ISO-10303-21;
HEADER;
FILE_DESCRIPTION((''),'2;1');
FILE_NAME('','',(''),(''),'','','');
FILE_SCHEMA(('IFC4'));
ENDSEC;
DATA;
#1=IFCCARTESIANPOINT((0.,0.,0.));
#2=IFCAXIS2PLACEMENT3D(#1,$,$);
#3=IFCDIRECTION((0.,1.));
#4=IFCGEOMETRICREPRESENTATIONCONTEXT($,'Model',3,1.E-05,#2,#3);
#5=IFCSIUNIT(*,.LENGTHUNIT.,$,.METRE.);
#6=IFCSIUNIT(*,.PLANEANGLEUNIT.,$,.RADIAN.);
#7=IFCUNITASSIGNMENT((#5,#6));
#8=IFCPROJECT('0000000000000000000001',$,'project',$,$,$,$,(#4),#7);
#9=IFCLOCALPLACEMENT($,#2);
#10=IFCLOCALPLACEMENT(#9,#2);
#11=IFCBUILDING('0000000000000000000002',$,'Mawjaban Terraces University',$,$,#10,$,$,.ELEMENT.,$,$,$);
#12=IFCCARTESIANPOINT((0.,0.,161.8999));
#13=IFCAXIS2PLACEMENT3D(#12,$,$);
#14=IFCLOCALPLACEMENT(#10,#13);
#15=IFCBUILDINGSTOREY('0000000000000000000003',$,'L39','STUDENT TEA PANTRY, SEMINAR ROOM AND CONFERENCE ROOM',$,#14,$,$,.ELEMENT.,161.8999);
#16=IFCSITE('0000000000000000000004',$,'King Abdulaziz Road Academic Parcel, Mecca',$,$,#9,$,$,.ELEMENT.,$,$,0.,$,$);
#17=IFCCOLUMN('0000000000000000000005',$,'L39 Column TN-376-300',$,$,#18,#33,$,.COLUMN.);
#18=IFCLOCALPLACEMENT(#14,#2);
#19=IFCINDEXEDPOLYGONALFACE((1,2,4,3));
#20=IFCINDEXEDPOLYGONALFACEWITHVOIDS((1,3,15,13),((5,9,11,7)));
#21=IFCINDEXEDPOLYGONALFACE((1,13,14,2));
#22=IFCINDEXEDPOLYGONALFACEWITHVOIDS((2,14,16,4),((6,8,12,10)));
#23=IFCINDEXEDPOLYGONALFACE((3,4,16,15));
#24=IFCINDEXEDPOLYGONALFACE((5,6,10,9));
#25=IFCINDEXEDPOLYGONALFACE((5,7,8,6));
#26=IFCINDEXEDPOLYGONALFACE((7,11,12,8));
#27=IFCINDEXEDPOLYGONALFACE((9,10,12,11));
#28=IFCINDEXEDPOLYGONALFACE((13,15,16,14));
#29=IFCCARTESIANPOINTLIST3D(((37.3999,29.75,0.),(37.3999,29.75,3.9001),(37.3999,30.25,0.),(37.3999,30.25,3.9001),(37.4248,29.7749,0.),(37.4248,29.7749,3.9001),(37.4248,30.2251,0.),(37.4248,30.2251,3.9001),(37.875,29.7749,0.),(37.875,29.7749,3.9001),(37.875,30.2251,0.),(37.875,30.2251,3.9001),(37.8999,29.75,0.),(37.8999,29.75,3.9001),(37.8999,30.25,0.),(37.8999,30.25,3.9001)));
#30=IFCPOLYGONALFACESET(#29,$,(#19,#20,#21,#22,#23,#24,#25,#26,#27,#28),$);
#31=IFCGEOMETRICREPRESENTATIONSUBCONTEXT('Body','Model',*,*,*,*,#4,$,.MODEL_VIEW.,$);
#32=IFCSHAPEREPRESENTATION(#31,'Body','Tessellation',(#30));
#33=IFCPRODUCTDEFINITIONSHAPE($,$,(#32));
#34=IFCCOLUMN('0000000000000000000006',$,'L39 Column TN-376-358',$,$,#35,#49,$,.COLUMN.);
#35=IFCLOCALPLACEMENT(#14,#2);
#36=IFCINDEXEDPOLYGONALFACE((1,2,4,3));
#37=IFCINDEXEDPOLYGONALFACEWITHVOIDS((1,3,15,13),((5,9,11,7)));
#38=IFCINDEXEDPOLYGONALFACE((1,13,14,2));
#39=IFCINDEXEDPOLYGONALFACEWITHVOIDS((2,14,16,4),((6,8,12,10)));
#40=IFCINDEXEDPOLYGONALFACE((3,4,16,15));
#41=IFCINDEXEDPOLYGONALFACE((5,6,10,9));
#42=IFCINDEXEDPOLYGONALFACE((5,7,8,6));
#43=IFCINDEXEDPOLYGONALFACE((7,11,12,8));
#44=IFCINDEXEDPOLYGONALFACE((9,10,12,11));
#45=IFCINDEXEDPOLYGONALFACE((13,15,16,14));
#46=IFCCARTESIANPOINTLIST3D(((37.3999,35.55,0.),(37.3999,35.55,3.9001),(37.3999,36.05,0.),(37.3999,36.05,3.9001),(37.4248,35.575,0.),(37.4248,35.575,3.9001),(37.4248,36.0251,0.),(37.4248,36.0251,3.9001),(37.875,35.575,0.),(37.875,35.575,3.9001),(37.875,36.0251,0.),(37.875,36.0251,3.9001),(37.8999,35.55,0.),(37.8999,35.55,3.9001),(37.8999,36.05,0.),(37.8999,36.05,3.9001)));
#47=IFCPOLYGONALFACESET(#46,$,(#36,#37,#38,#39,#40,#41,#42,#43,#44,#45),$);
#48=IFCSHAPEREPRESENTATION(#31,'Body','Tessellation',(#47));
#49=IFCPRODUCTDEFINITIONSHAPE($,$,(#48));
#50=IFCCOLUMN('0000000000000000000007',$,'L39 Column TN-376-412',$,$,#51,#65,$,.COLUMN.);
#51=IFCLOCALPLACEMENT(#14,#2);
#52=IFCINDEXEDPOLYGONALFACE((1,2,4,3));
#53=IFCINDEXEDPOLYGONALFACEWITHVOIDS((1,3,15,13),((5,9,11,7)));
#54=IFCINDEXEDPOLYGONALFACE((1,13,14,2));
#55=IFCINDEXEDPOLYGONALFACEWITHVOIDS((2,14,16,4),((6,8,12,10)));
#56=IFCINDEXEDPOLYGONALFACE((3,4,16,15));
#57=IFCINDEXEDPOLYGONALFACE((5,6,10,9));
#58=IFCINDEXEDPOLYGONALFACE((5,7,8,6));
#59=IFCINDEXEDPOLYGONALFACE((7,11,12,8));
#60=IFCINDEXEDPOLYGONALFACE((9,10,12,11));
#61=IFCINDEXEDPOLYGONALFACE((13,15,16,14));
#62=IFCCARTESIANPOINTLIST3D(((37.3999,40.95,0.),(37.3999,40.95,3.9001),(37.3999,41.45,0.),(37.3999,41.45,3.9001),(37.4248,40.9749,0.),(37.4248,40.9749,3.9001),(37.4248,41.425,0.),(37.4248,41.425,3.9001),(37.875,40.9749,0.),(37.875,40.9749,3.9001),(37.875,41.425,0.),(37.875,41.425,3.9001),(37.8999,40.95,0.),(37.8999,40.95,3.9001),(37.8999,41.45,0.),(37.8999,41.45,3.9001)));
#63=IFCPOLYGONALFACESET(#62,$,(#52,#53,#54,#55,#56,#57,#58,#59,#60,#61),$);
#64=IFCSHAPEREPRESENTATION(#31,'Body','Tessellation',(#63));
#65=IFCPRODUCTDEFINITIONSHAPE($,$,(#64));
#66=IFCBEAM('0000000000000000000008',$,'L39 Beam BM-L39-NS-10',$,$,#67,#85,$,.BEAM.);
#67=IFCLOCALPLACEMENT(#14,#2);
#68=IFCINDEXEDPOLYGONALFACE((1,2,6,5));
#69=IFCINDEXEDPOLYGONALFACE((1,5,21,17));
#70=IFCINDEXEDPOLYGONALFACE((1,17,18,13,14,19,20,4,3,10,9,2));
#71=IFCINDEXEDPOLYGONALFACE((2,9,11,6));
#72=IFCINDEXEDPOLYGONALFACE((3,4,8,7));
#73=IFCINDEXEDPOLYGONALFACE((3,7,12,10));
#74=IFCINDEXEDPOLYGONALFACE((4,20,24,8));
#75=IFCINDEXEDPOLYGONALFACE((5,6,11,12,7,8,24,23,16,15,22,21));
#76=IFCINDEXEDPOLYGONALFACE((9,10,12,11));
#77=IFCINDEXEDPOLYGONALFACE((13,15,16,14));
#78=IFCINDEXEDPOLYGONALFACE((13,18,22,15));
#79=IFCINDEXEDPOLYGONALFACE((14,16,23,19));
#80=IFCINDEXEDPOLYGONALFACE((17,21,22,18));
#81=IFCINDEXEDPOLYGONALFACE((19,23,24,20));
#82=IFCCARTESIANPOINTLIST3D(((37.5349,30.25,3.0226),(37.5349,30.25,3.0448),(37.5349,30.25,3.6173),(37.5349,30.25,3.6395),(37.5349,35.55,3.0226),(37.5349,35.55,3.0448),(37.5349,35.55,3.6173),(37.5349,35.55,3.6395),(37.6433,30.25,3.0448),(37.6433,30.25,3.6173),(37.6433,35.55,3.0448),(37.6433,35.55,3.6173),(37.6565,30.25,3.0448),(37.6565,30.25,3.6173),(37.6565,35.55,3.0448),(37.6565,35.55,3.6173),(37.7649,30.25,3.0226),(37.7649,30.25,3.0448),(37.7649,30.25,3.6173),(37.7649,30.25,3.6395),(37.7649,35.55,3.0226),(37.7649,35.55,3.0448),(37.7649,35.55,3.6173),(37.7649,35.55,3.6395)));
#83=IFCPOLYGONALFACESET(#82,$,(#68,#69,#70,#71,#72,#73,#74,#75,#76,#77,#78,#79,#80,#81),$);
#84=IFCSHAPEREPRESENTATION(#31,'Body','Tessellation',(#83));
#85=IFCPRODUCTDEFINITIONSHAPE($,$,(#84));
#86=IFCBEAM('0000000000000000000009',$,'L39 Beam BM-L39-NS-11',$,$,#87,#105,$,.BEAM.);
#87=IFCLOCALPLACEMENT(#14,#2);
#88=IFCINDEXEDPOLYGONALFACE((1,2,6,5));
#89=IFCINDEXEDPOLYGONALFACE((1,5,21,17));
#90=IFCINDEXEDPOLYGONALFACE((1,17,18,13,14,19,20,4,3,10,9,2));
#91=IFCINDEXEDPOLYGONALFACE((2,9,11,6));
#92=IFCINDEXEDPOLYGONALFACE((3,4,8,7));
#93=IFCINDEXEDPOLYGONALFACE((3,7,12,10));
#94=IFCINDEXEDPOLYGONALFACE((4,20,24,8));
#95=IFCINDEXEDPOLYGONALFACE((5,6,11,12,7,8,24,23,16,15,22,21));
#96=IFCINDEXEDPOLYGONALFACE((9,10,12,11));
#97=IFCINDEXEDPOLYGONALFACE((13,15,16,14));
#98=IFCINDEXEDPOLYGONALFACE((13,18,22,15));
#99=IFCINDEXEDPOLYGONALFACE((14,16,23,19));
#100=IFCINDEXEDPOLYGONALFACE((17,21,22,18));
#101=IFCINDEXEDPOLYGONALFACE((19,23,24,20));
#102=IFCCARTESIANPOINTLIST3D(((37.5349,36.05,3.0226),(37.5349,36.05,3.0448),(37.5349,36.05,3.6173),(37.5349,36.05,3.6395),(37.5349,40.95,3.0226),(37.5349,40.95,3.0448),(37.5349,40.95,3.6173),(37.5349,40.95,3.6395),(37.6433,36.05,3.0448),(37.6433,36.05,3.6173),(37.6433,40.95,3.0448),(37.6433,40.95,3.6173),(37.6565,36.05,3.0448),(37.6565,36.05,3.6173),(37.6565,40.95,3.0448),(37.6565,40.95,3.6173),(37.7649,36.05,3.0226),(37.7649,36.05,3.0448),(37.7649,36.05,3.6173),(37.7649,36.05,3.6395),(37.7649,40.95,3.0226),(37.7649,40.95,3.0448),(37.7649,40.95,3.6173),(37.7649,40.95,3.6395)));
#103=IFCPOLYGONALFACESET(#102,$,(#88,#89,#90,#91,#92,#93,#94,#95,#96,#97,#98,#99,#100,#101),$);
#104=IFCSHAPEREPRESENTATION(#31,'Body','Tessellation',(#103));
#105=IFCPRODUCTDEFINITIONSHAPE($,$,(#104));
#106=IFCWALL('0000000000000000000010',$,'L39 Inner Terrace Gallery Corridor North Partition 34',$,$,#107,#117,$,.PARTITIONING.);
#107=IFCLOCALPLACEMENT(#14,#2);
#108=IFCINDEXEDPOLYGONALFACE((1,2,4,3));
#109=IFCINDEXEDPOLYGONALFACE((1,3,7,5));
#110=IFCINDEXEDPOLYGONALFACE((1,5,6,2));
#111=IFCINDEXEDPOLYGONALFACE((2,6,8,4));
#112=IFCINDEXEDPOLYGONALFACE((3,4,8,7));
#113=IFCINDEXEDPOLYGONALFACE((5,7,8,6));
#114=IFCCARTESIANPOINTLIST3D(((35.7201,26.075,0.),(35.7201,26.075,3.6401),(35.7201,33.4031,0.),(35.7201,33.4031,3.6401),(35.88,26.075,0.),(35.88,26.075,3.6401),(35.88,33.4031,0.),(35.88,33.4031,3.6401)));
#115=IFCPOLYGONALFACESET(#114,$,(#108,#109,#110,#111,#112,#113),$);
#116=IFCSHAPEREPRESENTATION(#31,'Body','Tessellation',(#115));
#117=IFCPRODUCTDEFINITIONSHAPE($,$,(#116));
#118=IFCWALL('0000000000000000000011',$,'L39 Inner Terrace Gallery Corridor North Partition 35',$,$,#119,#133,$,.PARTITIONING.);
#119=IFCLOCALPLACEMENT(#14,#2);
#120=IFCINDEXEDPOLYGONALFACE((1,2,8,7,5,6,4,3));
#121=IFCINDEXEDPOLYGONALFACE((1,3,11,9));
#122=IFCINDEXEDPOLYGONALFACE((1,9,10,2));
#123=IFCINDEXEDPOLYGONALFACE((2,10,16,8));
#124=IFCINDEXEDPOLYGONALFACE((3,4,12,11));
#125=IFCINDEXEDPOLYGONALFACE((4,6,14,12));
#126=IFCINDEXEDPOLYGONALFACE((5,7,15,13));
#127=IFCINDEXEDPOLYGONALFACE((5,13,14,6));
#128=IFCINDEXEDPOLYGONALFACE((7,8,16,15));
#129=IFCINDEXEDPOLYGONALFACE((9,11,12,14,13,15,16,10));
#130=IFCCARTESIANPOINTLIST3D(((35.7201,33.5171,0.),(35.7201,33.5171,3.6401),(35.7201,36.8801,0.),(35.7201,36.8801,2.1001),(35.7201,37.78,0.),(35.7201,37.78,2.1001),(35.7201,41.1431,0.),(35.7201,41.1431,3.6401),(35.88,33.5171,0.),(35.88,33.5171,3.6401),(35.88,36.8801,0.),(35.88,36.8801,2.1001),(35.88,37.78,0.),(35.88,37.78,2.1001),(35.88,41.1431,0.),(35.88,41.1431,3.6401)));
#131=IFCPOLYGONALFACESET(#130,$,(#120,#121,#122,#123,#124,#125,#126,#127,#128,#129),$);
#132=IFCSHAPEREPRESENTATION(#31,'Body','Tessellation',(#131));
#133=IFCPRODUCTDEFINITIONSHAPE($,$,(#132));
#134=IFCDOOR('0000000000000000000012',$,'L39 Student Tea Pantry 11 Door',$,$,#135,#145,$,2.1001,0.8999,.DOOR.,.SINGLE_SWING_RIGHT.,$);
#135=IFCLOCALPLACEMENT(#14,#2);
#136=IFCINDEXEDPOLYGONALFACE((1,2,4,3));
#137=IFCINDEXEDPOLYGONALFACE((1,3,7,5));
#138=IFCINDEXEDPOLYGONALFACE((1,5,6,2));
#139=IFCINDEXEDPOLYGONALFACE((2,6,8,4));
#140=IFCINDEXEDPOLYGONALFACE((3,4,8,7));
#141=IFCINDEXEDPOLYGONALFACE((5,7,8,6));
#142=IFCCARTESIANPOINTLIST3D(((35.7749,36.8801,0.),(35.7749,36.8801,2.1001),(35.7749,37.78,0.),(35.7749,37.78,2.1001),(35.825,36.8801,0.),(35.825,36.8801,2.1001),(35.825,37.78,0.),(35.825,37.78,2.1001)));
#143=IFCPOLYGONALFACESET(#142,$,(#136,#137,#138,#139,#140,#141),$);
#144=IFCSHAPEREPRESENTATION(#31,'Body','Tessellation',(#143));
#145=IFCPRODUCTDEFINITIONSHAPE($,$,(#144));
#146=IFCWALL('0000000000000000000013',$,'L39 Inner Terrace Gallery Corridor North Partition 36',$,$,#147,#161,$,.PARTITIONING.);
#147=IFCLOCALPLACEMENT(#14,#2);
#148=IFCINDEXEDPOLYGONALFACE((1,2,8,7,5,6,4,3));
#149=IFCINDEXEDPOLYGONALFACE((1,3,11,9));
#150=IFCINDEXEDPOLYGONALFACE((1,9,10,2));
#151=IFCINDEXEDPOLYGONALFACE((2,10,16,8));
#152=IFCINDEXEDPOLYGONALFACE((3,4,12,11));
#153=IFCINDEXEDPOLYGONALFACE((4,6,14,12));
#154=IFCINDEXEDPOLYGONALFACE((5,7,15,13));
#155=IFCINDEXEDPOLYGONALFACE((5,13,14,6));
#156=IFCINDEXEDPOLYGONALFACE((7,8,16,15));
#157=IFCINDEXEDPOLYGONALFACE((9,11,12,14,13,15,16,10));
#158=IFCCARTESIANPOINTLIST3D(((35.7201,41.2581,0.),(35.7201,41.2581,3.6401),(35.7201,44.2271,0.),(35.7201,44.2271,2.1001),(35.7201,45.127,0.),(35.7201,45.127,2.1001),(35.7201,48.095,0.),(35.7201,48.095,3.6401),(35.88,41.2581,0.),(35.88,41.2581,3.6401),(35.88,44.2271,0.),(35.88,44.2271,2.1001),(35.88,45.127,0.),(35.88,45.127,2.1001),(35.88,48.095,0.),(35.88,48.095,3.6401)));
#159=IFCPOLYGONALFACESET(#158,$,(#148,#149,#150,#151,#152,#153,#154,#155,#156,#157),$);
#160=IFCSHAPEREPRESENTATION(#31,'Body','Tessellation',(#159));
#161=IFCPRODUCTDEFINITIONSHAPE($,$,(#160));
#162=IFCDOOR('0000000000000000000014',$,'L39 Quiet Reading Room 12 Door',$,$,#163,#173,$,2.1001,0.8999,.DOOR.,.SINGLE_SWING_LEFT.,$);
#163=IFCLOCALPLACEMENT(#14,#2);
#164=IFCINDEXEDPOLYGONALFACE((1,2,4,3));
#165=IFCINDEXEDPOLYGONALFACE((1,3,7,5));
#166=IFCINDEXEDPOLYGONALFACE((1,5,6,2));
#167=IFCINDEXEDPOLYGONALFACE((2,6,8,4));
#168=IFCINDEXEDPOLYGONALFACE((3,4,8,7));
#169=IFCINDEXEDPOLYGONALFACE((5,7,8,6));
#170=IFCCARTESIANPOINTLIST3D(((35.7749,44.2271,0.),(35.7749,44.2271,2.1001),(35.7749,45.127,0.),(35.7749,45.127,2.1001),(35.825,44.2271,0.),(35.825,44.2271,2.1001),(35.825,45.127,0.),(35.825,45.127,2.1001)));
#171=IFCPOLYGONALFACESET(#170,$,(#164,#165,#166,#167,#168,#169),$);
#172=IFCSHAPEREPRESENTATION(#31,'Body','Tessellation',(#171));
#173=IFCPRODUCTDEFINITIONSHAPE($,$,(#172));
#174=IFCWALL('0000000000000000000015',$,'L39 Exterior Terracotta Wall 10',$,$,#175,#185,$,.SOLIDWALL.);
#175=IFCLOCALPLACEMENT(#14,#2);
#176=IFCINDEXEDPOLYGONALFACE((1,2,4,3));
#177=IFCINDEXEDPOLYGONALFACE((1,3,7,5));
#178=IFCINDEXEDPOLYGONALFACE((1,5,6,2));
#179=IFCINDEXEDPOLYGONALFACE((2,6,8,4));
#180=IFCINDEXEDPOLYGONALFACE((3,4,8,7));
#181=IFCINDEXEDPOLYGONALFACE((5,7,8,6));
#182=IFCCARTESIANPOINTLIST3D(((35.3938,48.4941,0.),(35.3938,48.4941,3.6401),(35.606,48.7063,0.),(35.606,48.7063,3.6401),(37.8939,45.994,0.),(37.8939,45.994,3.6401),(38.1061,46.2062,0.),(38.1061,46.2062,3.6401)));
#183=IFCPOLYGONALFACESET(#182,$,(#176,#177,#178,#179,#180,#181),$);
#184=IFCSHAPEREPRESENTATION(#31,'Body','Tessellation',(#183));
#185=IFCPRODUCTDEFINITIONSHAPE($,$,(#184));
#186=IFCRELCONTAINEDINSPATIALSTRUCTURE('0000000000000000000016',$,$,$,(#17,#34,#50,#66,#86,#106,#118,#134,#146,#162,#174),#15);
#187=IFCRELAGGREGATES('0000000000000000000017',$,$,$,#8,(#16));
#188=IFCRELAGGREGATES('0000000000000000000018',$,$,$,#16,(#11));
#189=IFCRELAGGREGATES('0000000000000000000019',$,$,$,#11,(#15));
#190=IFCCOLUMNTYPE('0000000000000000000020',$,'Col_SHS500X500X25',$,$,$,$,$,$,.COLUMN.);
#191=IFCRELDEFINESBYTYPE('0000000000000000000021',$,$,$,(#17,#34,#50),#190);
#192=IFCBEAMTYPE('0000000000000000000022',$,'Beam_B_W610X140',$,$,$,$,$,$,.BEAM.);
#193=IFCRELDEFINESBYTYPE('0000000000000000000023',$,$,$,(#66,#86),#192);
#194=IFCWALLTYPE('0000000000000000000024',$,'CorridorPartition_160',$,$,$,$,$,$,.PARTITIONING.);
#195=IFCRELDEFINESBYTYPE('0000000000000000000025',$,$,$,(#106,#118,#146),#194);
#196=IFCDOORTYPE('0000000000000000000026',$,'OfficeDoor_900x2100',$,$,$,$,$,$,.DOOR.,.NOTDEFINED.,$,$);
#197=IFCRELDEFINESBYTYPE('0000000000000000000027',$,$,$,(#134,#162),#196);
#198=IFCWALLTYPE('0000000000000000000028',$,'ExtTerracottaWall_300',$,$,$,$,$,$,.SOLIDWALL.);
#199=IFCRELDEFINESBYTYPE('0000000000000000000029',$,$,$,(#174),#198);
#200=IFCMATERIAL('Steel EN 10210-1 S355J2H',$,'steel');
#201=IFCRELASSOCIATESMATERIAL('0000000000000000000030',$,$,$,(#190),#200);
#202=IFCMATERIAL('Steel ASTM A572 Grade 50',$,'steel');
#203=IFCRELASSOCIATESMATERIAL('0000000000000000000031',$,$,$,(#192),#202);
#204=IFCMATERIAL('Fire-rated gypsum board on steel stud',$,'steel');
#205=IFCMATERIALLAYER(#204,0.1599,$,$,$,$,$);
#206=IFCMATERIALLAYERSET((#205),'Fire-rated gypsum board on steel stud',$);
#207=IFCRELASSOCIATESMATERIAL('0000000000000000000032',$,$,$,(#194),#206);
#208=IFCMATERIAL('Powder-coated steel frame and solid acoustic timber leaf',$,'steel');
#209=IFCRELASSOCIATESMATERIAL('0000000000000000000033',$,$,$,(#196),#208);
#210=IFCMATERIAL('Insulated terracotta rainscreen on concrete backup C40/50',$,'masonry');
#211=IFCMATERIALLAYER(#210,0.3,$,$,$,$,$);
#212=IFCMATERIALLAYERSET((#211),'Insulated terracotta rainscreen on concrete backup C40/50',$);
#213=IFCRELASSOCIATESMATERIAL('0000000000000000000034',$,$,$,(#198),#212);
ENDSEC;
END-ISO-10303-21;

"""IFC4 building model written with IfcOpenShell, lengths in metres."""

from ifc_helpers import new_model, si_unit, direction, frame, frame_2d, origin, origin_2d, place, context, subcontext, project, spatial, rectangle, hollow_rectangle, i_section, extrude, material, layer, layer_set, material_profile, profile_set, type_object, element, fill, save


model = new_model("IFC4")

# Units and contexts
model_context = context("Model", 3, precision=1e-05, world=origin(), true_north=direction((0.0, 1.0)))
body_context = subcontext(model_context, "Body", "Model", "MODEL_VIEW")
ifc_project = project(units=[si_unit("LENGTHUNIT", "METRE"), si_unit("PLANEANGLEUNIT", "RADIAN")], contexts=[model_context])

# Site, building, storey
site_placement = place(None, origin())
site = spatial("IfcSite", under=ifc_project, at=site_placement, Name="King Abdulaziz Road Academic Parcel, Mecca", CompositionType="ELEMENT", RefElevation=0.0)
building_placement = place(site_placement, origin())
building = spatial("IfcBuilding", under=site, at=building_placement, Name="Mawjaban Terraces University", CompositionType="ELEMENT")
storey_placement = place(building_placement, frame((0.0, 0.0, 161.8999)))
storey = spatial("IfcBuildingStorey", under=building, at=storey_placement, Name="L39", Description="STUDENT TEA PANTRY, SEMINAR ROOM AND CONFERENCE ROOM", CompositionType="ELEMENT", Elevation=161.8999)

# Columns
ifc_material_1 = material(Name="Steel EN 10210-1 S355J2H", Category="steel")
ifc_material_profile_1 = material_profile(ifc_material_1, hollow_rectangle(XDim=0.5, YDim=0.5, WallThickness=0.0249, at=origin_2d()), Name="SHS500X500X25")
ifc_profile_set_1 = profile_set([ifc_material_profile_1], Name="Steel EN 10210-1 S355J2H")
column_type = type_object("IfcColumnType", Name="Col_SHS500X500X25", PredefinedType="COLUMN", material=ifc_profile_set_1)
for number, where, z_axis, x_axis, name in (
    (1, (37.6499, 30.0, 0.0), (0.0, 0.0, 1.0), (1.0, 0.0, 0.0), "L39 Column TN-376-300"),
    (2, (37.6499, 35.8, 0.0), (0.0, 0.0, 1.0), (1.0, 0.0, 0.0), "L39 Column TN-376-358"),
    (3, (37.6499, 41.2, 0.0), (0.0, 0.0, 1.0), (1.0, 0.0, 0.0), "L39 Column TN-376-412"),
):
    element("IfcColumn", number, at=place(storey_placement, frame(where, z_axis=z_axis, x_axis=x_axis)), inside=storey, type_object=column_type, Name=name, PredefinedType="COLUMN", context=body_context, shape_type="SweptSolid", body=[
        extrude(hollow_rectangle(XDim=0.5, YDim=0.5, WallThickness=0.0249, at=origin_2d()), origin(), (0.0, 0.0, 1.0), 3.9001),
    ])

# Beams
ifc_material_2 = material(Name="Steel ASTM A572 Grade 50", Category="steel")
ifc_material_profile_2 = material_profile(ifc_material_2, i_section(OverallWidth=0.23, OverallDepth=0.6169, WebThickness=0.0132, FlangeThickness=0.0222, at=origin_2d()), Name="W610X140")
ifc_profile_set_2 = profile_set([ifc_material_profile_2], Name="Steel ASTM A572 Grade 50")
beam_type = type_object("IfcBeamType", Name="Beam_B_W610X140", PredefinedType="BEAM", material=ifc_profile_set_2)
beam_1_placement = place(storey_placement, frame((37.6499, 30.25, 3.3311), z_axis=(0.0, 1.0, 0.0), x_axis=(-1.0, 0.0, 0.0)))
element("IfcBeam", 4, at=beam_1_placement, inside=storey, type_object=beam_type, Name="L39 Beam BM-L39-NS-10", PredefinedType="BEAM", context=body_context, shape_type="SweptSolid", body=[
    extrude(i_section(OverallWidth=0.23, OverallDepth=0.6169, WebThickness=0.0132, FlangeThickness=0.0222, at=origin_2d()), origin(), (0.0, 0.0, 1.0), 5.3),
])
beam_2_placement = place(storey_placement, frame((37.6499, 36.05, 3.3311), z_axis=(0.0, 1.0, 0.0), x_axis=(-1.0, 0.0, 0.0)))
element("IfcBeam", 5, at=beam_2_placement, inside=storey, type_object=beam_type, Name="L39 Beam BM-L39-NS-11", PredefinedType="BEAM", context=body_context, shape_type="SweptSolid", body=[
    extrude(i_section(OverallWidth=0.23, OverallDepth=0.6169, WebThickness=0.0132, FlangeThickness=0.0222, at=origin_2d()), origin(), (0.0, 0.0, 1.0), 4.8999),
])

# Wall
ifc_material_3 = material(Name="Fire-rated gypsum board on steel stud", Category="steel")
ifc_layer_1 = layer(ifc_material_3, 0.1599)
ifc_layer_set_1 = layer_set([ifc_layer_1], Name="Fire-rated gypsum board on steel stud")
wall_type_1 = type_object("IfcWallType", Name="CorridorPartition_160", PredefinedType="PARTITIONING", material=ifc_layer_set_1)
wall_1_placement = place(storey_placement, frame((35.8, 33.4031, 0.0), z_axis=(0.0, 0.0, 1.0), x_axis=(0.0, -1.0, 0.0)))
element("IfcWall", 6, at=wall_1_placement, inside=storey, type_object=wall_type_1, Name="L39 Inner Terrace Gallery Corridor North Partition 34", PredefinedType="PARTITIONING", context=body_context, shape_type="SweptSolid", body=[
    extrude(rectangle(XDim=7.3281, YDim=0.1599, at=frame_2d((3.6641, 0.0))), origin(), (0.0, 0.0, 1.0), 3.6401),
])

# Walls, openings, doors
wall_2_placement = place(storey_placement, frame((35.8, 41.1431, 0.0), z_axis=(0.0, 0.0, 1.0), x_axis=(0.0, -1.0, 0.0)))
wall_2 = element("IfcWall", 7, at=wall_2_placement, inside=storey, type_object=wall_type_1, Name="L39 Inner Terrace Gallery Corridor North Partition 35", PredefinedType="PARTITIONING", context=body_context, shape_type="SweptSolid", body=[
    extrude(rectangle(XDim=7.626, YDim=0.1599, at=frame_2d((3.813, 0.0))), origin(), (0.0, 0.0, 1.0), 3.6401),
])
opening_1_placement = place(wall_2_placement, frame((3.363, 0.0, 0.0)))
opening_1 = element("IfcOpeningElement", 8, at=opening_1_placement, cuts=wall_2, PredefinedType="OPENING", context=body_context, shape_type="SweptSolid", body=[
    extrude(rectangle(XDim=0.8999, YDim=2.1001, at=frame_2d((0.45, 1.05))), frame((0.0, 0.0898, 0.0), z_axis=(0.0, -1.0, 0.0), x_axis=(1.0, 0.0, 0.0)), (0.0, 0.0, 1.0), 0.1799),
])
ifc_material_4 = material(Name="Powder-coated steel frame and solid acoustic timber leaf", Category="steel")
door_type = type_object("IfcDoorType", Name="OfficeDoor_900x2100", OperationType="NOTDEFINED", PredefinedType="DOOR", material=ifc_material_4)
door_1_placement = place(opening_1_placement, origin())
door_1 = element("IfcDoor", 9, at=door_1_placement, inside=storey, type_object=door_type, Name="L39 Student Tea Pantry 11 Door", OperationType="SINGLE_SWING_RIGHT", OverallHeight=2.1001, OverallWidth=0.8999, PredefinedType="DOOR", context=body_context, shape_type="SweptSolid", body=[
    extrude(rectangle(XDim=0.8999, YDim=2.1001, at=frame_2d((0.45, 1.05))), frame((0.0, 0.0249, 0.0), z_axis=(0.0, -1.0, 0.0), x_axis=(1.0, 0.0, 0.0)), (0.0, 0.0, 1.0), 0.05),
])
fill(opening_1, door_1)
wall_3_placement = place(storey_placement, frame((35.8, 48.095, 0.0), z_axis=(0.0, 0.0, 1.0), x_axis=(0.0, -1.0, 0.0)))
wall_3 = element("IfcWall", 10, at=wall_3_placement, inside=storey, type_object=wall_type_1, Name="L39 Inner Terrace Gallery Corridor North Partition 36", PredefinedType="PARTITIONING", context=body_context, shape_type="SweptSolid", body=[
    extrude(rectangle(XDim=6.8369, YDim=0.1599, at=frame_2d((3.4185, 0.0))), origin(), (0.0, 0.0, 1.0), 3.6401),
])
opening_2_placement = place(wall_3_placement, frame((2.968, 0.0, 0.0)))
opening_2 = element("IfcOpeningElement", 11, at=opening_2_placement, cuts=wall_3, PredefinedType="OPENING", context=body_context, shape_type="SweptSolid", body=[
    extrude(rectangle(XDim=0.8999, YDim=2.1001, at=frame_2d((0.45, 1.05))), frame((0.0, 0.0898, 0.0), z_axis=(0.0, -1.0, 0.0), x_axis=(1.0, 0.0, 0.0)), (0.0, 0.0, 1.0), 0.1799),
])
door_2_placement = place(opening_2_placement, origin())
door_2 = element("IfcDoor", 12, at=door_2_placement, inside=storey, type_object=door_type, Name="L39 Quiet Reading Room 12 Door", OperationType="SINGLE_SWING_LEFT", OverallHeight=2.1001, OverallWidth=0.8999, PredefinedType="DOOR", context=body_context, shape_type="SweptSolid", body=[
    extrude(rectangle(XDim=0.8999, YDim=2.1001, at=frame_2d((0.45, 1.05))), frame((0.0, 0.0249, 0.0), z_axis=(0.0, -1.0, 0.0), x_axis=(1.0, 0.0, 0.0)), (0.0, 0.0, 1.0), 0.05),
])
fill(opening_2, door_2)

# Wall
ifc_material_5 = material(Name="Insulated terracotta rainscreen on concrete backup C40/50", Category="masonry")
ifc_layer_2 = layer(ifc_material_5, 0.3)
ifc_layer_set_2 = layer_set([ifc_layer_2], Name="Insulated terracotta rainscreen on concrete backup C40/50")
wall_type_2 = type_object("IfcWallType", Name="ExtTerracottaWall_300", PredefinedType="SOLIDWALL", material=ifc_layer_set_2)
wall_4_placement = place(storey_placement, frame((38.0, 46.1001, 0.0), z_axis=(0.0, 0.0, 1.0), x_axis=(-0.707107, 0.707107, 0.0)))
element("IfcWall", 13, at=wall_4_placement, inside=storey, type_object=wall_type_2, Name="L39 Exterior Terracotta Wall 10", PredefinedType="SOLIDWALL", context=body_context, shape_type="SweptSolid", body=[
    extrude(rectangle(XDim=3.5356, YDim=0.3, at=frame_2d((1.7678, 0.0))), origin(), (0.0, 0.0, 1.0), 3.6401),
])

save(model, "model.ifc")
